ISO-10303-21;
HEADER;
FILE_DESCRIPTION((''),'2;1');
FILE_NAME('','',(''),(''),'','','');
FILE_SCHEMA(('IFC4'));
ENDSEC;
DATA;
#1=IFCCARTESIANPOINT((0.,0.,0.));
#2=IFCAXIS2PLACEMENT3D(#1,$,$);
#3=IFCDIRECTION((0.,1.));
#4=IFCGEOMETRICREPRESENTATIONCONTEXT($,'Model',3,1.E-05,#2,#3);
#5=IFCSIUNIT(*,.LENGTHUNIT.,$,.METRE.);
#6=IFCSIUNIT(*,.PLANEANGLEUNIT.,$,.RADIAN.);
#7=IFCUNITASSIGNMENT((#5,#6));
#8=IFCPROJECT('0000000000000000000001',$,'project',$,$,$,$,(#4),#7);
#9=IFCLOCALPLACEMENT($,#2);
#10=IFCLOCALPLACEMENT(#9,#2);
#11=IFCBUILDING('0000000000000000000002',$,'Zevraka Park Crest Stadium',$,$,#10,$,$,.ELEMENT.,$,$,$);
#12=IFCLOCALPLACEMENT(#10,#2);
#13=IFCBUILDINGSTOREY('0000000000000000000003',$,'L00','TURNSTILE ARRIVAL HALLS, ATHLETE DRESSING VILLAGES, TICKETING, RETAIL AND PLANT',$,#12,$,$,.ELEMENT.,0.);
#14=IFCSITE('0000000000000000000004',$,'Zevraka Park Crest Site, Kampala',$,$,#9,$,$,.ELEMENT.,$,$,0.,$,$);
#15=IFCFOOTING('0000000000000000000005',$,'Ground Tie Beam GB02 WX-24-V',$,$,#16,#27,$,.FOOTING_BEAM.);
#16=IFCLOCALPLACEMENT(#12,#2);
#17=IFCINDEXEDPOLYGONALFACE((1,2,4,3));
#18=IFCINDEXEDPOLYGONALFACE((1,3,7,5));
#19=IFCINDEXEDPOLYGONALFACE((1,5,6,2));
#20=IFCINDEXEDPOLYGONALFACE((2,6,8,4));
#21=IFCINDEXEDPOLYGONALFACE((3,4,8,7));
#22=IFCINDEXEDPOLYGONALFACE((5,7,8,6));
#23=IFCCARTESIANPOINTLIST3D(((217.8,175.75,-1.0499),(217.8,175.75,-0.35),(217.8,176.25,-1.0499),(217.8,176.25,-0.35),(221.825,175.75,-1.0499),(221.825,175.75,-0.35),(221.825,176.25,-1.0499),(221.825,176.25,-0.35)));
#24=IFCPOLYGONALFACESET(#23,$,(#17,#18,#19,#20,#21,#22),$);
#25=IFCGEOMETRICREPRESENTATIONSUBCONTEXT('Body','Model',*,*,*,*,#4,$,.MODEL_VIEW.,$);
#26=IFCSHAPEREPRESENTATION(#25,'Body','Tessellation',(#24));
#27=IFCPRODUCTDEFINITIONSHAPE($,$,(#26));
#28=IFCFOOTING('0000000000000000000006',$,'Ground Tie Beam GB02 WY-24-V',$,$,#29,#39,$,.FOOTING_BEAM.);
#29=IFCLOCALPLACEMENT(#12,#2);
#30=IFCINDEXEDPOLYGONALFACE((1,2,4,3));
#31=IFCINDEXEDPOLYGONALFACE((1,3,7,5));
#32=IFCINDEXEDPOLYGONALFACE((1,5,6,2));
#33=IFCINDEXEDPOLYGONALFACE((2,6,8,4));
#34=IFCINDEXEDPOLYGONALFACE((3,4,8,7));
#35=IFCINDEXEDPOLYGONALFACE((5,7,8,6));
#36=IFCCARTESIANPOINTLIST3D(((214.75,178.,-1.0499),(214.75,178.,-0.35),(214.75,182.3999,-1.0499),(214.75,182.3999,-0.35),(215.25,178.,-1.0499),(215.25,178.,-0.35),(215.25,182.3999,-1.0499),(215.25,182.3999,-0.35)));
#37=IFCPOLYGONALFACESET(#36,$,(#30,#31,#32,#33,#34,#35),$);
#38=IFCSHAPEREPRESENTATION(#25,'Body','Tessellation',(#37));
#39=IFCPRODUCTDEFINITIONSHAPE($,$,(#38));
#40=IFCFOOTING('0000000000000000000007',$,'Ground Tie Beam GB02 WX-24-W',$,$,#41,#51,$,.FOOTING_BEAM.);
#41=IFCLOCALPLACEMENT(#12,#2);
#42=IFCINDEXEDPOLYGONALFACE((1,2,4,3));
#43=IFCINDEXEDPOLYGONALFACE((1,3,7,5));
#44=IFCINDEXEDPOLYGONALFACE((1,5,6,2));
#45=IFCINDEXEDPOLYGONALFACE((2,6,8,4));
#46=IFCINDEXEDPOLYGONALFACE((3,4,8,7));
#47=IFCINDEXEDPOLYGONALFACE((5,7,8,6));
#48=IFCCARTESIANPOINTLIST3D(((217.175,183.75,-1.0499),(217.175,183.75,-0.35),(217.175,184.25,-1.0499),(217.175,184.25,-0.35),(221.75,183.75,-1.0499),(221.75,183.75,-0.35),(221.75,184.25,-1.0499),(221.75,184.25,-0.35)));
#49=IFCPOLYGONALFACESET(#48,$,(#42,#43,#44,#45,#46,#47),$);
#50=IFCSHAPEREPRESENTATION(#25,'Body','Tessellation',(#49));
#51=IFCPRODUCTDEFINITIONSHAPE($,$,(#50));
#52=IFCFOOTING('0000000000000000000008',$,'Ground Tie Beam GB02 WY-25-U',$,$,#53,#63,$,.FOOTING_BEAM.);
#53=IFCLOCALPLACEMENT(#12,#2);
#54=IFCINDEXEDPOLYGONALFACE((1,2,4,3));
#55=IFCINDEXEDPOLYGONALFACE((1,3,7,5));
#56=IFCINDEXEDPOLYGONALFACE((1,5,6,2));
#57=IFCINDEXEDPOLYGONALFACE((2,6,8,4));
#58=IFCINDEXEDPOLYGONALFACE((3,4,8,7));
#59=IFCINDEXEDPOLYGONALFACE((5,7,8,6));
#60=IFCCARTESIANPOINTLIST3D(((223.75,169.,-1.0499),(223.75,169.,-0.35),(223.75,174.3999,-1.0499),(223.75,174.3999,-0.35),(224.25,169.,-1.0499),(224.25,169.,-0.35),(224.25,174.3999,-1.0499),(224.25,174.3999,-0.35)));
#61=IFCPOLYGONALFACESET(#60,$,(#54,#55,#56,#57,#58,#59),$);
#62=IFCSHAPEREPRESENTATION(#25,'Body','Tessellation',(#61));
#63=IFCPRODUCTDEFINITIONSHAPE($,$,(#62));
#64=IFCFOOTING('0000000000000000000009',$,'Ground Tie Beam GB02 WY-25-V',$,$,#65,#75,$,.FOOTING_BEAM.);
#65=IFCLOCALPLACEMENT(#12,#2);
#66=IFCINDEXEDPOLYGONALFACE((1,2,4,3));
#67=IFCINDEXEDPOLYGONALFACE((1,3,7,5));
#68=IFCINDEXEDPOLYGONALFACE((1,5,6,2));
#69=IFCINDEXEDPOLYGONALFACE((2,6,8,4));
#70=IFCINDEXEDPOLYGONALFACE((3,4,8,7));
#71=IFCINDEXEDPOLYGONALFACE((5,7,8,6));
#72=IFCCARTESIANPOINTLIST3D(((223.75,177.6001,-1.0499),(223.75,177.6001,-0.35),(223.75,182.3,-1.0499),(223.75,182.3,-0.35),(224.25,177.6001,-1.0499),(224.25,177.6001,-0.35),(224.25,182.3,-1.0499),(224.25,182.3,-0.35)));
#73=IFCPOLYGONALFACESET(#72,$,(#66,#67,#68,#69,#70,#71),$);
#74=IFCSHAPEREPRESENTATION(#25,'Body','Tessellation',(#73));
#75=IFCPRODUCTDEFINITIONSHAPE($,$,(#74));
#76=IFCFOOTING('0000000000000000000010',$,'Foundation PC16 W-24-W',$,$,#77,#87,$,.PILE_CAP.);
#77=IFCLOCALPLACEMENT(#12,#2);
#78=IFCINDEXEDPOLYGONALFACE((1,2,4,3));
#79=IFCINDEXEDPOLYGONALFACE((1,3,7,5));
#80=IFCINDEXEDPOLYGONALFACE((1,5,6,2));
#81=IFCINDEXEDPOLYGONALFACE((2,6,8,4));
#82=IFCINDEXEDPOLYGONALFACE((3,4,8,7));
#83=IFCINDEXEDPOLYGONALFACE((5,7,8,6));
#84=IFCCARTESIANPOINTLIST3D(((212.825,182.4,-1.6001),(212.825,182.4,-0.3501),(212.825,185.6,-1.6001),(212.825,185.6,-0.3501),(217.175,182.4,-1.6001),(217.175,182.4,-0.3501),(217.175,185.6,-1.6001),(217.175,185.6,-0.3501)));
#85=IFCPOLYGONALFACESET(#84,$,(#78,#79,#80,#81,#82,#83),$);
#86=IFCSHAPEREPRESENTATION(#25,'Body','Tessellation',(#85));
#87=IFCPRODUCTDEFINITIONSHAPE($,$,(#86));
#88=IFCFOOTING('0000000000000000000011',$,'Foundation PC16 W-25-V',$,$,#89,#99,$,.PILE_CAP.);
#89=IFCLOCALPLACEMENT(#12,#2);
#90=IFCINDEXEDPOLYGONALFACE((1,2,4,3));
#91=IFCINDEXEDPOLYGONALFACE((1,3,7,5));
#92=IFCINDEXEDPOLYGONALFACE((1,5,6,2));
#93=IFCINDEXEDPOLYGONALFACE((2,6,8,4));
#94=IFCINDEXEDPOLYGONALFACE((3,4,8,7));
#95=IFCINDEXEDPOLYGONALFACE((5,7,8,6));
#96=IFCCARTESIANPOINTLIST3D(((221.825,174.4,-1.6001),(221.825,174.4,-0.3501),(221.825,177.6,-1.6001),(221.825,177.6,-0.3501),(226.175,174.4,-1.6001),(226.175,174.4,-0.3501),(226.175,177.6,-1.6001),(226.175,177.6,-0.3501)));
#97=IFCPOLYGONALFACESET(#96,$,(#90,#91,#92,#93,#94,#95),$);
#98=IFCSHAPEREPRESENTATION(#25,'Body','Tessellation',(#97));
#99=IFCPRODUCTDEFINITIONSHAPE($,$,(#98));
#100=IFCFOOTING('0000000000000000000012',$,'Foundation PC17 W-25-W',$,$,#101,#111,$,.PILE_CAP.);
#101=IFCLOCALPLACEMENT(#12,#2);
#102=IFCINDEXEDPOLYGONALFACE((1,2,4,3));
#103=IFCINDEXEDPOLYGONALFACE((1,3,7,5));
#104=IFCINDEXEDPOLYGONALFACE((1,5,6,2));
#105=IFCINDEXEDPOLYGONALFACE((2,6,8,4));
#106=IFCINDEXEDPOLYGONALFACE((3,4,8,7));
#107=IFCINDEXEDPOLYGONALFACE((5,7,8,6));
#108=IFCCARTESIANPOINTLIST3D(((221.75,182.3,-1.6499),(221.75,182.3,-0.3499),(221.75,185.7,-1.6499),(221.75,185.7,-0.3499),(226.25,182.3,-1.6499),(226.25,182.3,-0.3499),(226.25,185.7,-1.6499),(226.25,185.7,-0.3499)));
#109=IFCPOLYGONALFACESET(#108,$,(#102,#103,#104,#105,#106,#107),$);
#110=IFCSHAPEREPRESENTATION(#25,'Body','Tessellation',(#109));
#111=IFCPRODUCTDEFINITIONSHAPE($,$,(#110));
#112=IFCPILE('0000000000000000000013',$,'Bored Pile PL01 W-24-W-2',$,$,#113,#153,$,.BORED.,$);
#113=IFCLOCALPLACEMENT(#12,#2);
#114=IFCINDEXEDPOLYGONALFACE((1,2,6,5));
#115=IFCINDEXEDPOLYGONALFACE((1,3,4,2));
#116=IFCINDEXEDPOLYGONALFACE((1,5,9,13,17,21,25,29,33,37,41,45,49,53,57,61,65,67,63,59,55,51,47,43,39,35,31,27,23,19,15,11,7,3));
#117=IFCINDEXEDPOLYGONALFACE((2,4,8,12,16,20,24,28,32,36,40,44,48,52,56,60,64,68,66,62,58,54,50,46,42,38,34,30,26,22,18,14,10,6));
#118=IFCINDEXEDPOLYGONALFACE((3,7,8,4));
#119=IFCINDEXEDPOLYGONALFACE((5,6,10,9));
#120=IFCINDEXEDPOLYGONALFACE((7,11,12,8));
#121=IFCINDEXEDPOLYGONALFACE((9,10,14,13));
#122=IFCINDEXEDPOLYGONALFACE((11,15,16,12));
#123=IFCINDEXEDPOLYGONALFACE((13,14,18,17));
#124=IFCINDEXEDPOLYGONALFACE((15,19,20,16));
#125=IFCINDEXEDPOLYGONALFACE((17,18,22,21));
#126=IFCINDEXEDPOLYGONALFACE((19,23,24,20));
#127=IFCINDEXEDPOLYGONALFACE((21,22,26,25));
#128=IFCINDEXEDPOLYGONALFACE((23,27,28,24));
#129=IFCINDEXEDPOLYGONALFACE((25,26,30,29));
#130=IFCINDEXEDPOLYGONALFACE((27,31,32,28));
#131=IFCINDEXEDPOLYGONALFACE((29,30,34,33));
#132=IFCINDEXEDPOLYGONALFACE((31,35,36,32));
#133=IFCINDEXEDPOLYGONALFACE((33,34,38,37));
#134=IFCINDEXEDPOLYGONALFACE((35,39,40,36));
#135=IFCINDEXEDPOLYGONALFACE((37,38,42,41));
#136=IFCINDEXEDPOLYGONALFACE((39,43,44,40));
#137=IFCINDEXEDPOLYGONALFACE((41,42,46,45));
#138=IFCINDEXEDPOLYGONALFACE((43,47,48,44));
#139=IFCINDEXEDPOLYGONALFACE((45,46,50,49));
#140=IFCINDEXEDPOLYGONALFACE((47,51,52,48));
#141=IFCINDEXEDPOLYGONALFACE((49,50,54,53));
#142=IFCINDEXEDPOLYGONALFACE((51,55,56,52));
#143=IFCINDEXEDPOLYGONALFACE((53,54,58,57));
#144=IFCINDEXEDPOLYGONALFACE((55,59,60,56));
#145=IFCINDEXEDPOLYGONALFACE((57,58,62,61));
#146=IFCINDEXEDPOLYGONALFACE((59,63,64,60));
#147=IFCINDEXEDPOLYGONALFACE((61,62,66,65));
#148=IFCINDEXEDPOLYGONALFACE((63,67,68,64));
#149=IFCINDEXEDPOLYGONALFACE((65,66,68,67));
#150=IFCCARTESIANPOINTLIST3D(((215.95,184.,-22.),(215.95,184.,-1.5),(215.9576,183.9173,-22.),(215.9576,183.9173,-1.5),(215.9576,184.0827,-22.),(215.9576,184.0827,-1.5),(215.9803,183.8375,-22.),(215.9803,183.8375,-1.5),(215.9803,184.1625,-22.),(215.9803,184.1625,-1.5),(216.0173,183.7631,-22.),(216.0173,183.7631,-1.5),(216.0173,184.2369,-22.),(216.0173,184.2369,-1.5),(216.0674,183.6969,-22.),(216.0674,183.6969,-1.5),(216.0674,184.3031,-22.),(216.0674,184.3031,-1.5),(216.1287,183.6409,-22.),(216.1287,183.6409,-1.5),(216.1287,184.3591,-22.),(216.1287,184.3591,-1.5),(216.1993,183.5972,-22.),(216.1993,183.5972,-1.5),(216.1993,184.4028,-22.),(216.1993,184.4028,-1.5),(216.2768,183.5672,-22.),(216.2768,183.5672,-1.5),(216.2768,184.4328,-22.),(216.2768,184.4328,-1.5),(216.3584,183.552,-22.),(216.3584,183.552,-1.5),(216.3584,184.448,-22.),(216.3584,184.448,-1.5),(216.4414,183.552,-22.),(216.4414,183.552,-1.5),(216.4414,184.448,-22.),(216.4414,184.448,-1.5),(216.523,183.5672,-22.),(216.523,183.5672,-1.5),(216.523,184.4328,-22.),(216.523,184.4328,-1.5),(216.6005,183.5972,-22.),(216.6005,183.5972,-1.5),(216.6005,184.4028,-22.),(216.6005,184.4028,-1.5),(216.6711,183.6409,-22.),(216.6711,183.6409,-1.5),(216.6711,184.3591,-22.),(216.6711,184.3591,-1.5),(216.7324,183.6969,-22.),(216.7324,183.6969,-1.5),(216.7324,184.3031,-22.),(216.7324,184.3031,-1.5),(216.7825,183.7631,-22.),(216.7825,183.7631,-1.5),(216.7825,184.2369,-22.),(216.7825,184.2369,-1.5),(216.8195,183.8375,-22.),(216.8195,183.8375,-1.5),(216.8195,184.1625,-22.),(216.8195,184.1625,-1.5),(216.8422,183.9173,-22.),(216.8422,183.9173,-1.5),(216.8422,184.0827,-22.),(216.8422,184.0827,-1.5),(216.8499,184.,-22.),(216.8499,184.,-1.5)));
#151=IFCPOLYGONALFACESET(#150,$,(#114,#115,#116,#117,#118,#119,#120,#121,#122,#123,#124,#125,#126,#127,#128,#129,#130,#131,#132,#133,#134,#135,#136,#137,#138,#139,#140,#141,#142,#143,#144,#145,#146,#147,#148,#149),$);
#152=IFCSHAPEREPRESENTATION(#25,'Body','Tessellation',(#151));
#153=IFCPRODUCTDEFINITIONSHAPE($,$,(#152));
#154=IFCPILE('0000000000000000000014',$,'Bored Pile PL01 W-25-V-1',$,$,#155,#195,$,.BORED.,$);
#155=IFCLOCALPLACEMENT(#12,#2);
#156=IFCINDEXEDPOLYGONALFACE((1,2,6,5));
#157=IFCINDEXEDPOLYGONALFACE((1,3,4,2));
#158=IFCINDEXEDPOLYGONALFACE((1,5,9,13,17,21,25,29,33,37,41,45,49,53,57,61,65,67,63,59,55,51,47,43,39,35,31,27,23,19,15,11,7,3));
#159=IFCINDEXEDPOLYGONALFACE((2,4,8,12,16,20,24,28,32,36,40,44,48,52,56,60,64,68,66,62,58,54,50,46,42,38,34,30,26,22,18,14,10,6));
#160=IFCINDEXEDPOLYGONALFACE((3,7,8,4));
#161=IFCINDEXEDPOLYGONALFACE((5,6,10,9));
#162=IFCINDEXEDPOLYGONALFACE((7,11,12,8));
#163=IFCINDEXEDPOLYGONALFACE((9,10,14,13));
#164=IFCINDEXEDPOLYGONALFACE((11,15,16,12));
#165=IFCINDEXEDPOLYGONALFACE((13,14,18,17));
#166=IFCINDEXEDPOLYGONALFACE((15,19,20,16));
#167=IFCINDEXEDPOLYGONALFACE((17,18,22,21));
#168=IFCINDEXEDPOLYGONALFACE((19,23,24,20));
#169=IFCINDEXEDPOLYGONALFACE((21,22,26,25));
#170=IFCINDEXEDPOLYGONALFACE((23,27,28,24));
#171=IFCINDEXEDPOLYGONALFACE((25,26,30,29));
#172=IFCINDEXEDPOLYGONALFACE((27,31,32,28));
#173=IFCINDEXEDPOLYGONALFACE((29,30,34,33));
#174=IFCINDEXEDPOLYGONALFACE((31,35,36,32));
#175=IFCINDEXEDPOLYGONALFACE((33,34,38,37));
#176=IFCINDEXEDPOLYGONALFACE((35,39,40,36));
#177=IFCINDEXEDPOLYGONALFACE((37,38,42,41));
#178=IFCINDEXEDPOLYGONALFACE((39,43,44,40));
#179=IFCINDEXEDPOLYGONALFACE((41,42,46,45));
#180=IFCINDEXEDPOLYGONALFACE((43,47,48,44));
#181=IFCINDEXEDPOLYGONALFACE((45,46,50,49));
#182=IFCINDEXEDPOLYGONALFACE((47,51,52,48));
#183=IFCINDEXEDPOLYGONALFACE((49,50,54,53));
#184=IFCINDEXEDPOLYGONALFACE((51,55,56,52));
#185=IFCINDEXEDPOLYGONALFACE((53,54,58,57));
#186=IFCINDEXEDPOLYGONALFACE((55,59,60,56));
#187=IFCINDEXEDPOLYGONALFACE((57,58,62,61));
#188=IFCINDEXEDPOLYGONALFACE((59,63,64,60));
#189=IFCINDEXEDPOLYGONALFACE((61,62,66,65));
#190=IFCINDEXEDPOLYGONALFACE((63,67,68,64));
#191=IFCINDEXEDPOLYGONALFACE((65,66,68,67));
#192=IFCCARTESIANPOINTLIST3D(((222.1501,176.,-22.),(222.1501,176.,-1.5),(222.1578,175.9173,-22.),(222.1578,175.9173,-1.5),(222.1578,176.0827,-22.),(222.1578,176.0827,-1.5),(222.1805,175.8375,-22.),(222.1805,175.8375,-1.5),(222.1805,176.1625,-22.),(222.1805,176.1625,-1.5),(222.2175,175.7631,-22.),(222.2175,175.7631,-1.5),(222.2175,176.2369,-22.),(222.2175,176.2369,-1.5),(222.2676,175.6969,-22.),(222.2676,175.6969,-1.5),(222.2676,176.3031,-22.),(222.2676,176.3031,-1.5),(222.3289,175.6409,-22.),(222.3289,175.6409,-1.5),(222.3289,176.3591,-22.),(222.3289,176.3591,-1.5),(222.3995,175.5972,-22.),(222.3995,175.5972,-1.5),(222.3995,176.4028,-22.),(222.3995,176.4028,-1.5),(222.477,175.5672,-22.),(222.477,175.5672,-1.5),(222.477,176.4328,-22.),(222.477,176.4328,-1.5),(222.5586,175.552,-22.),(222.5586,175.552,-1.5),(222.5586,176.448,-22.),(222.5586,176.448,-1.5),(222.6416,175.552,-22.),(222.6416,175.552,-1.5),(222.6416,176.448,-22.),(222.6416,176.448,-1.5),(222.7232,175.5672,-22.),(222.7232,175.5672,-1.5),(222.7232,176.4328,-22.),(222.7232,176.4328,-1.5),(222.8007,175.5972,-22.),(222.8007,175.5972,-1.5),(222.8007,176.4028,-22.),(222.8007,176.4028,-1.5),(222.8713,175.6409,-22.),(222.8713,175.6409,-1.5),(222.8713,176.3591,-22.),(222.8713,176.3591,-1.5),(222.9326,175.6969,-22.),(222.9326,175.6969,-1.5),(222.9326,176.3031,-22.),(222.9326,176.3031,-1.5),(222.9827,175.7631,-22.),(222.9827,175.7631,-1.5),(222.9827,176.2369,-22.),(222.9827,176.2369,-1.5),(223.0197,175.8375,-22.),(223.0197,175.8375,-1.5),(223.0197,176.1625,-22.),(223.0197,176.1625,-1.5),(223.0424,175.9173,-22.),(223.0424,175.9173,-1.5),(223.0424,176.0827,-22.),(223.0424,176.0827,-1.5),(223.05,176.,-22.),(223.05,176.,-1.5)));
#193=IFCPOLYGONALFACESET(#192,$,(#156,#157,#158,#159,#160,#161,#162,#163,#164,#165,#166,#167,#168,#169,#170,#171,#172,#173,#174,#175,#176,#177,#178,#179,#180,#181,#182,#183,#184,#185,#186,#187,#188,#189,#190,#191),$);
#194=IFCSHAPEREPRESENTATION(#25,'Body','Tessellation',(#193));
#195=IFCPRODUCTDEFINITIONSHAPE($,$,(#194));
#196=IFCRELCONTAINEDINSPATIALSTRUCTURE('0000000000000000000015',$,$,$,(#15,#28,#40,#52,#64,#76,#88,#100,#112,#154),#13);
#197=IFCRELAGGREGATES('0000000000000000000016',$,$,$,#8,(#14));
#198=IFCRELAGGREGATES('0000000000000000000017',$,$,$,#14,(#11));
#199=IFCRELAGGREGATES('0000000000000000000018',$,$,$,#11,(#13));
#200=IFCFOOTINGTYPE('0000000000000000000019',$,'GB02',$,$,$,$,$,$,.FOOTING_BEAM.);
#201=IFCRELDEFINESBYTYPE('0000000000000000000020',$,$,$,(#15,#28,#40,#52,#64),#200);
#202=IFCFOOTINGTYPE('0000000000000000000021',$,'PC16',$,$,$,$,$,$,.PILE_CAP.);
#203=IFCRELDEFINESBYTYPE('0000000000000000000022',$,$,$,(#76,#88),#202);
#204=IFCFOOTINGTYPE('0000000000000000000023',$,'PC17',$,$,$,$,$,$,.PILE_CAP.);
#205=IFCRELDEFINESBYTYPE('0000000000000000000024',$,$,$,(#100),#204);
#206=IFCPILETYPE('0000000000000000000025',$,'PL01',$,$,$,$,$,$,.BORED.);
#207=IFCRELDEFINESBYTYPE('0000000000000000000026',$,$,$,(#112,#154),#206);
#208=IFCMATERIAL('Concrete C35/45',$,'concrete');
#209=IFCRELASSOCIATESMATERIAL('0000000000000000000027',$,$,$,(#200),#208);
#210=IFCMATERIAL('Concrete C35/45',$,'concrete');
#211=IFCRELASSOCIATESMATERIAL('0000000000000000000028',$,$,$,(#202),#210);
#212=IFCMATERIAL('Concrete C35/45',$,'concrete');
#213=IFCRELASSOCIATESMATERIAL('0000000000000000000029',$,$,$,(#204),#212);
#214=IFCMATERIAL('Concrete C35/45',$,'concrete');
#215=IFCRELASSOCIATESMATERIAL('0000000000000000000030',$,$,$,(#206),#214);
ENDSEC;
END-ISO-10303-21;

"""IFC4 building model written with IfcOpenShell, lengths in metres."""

from ifc_helpers import new_model, si_unit, direction, frame, origin, origin_2d, place, context, subcontext, project, spatial, rectangle, circle, extrude, material, material_profile, profile_set, type_object, element, save


model = new_model("IFC4")

# Units and contexts
model_context = context("Model", 3, precision=1e-05, world=origin(), true_north=direction((0.0, 1.0)))
body_context = subcontext(model_context, "Body", "Model", "MODEL_VIEW")
ifc_project = project(units=[si_unit("LENGTHUNIT", "METRE"), si_unit("PLANEANGLEUNIT", "RADIAN")], contexts=[model_context])

# Site, building, storey
site_placement = place(None, origin())
site = spatial("IfcSite", under=ifc_project, at=site_placement, Name="Zevraka Park Crest Site, Kampala", CompositionType="ELEMENT", RefElevation=0.0)
building_placement = place(site_placement, origin())
building = spatial("IfcBuilding", under=site, at=building_placement, Name="Zevraka Park Crest Stadium", CompositionType="ELEMENT")
storey_placement = place(building_placement, origin())
storey = spatial("IfcBuildingStorey", under=building, at=storey_placement, Name="L00", Description="TURNSTILE ARRIVAL HALLS, ATHLETE DRESSING VILLAGES, TICKETING, RETAIL AND PLANT", CompositionType="ELEMENT", Elevation=0.0)

# Footings
ifc_material_1 = material(Name="Concrete C35/45", Category="concrete")
ifc_material_profile_1 = material_profile(ifc_material_1, rectangle(XDim=0.5, YDim=0.7, at=origin_2d()), Name="GB 700x500")
ifc_profile_set_1 = profile_set([ifc_material_profile_1], Name="Concrete C35/45")
footing_type_1 = type_object("IfcFootingType", Name="GB02", PredefinedType="FOOTING_BEAM", material=ifc_profile_set_1)
footing_1_placement = place(storey_placement, frame((217.8, 176.0, -0.7), z_axis=(1.0, 0.0, 0.0), x_axis=(0.0, 1.0, 0.0)))
element("IfcFooting", 1, at=footing_1_placement, inside=storey, type_object=footing_type_1, Name="Ground Tie Beam GB02 WX-24-V", PredefinedType="FOOTING_BEAM", context=body_context, shape_type="SweptSolid", body=[
    extrude(rectangle(XDim=0.5, YDim=0.7, at=origin_2d()), origin(), (0.0, 0.0, 1.0), 4.0249),
])
footing_2_placement = place(storey_placement, frame((215.0, 178.0, -0.7), z_axis=(0.0, 1.0, 0.0), x_axis=(-1.0, 0.0, 0.0)))
element("IfcFooting", 2, at=footing_2_placement, inside=storey, type_object=footing_type_1, Name="Ground Tie Beam GB02 WY-24-V", PredefinedType="FOOTING_BEAM", context=body_context, shape_type="SweptSolid", body=[
    extrude(rectangle(XDim=0.5, YDim=0.7, at=origin_2d()), origin(), (0.0, 0.0, 1.0), 4.3999),
])
footing_3_placement = place(storey_placement, frame((217.175, 184.0, -0.7), z_axis=(1.0, 0.0, 0.0), x_axis=(0.0, 1.0, 0.0)))
element("IfcFooting", 3, at=footing_3_placement, inside=storey, type_object=footing_type_1, Name="Ground Tie Beam GB02 WX-24-W", PredefinedType="FOOTING_BEAM", context=body_context, shape_type="SweptSolid", body=[
    extrude(rectangle(XDim=0.5, YDim=0.7, at=origin_2d()), origin(), (0.0, 0.0, 1.0), 4.575),
])
footing_4_placement = place(storey_placement, frame((224.0, 169.0, -0.7), z_axis=(0.0, 1.0, 0.0), x_axis=(-1.0, 0.0, 0.0)))
element("IfcFooting", 4, at=footing_4_placement, inside=storey, type_object=footing_type_1, Name="Ground Tie Beam GB02 WY-25-U", PredefinedType="FOOTING_BEAM", context=body_context, shape_type="SweptSolid", body=[
    extrude(rectangle(XDim=0.5, YDim=0.7, at=origin_2d()), origin(), (0.0, 0.0, 1.0), 5.3999),
])
footing_5_placement = place(storey_placement, frame((224.0, 177.6001, -0.7), z_axis=(0.0, 1.0, 0.0), x_axis=(-1.0, 0.0, 0.0)))
element("IfcFooting", 5, at=footing_5_placement, inside=storey, type_object=footing_type_1, Name="Ground Tie Beam GB02 WY-25-V", PredefinedType="FOOTING_BEAM", context=body_context, shape_type="SweptSolid", body=[
    extrude(rectangle(XDim=0.5, YDim=0.7, at=origin_2d()), origin(), (0.0, 0.0, 1.0), 4.7),
])
ifc_material_2 = material(Name="Concrete C35/45", Category="concrete")
footing_type_2 = type_object("IfcFootingType", Name="PC16", PredefinedType="PILE_CAP", material=ifc_material_2)
for number, where, z_axis, x_axis, name in (
    (6, (215.0, 184.0, -1.6001), (0.0, 0.0, 1.0), (1.0, 0.0, 0.0), "Foundation PC16 W-24-W"),
    (7, (224.0, 176.0, -1.6001), (0.0, 0.0, 1.0), (1.0, 0.0, 0.0), "Foundation PC16 W-25-V"),
):
    element("IfcFooting", number, at=place(storey_placement, frame(where, z_axis=z_axis, x_axis=x_axis)), inside=storey, type_object=footing_type_2, Name=name, PredefinedType="PILE_CAP", context=body_context, shape_type="SweptSolid", body=[
        extrude(rectangle(XDim=4.3501, YDim=3.2, at=origin_2d()), origin(), (0.0, 0.0, 1.0), 1.25),
    ])
ifc_material_3 = material(Name="Concrete C35/45", Category="concrete")
footing_type_3 = type_object("IfcFootingType", Name="PC17", PredefinedType="PILE_CAP", material=ifc_material_3)
footing_6_placement = place(storey_placement, frame((224.0, 184.0, -1.6499), z_axis=(0.0, 0.0, 1.0), x_axis=(1.0, 0.0, 0.0)))
element("IfcFooting", 8, at=footing_6_placement, inside=storey, type_object=footing_type_3, Name="Foundation PC17 W-25-W", PredefinedType="PILE_CAP", context=body_context, shape_type="SweptSolid", body=[
    extrude(rectangle(XDim=4.5, YDim=3.3999, at=origin_2d()), origin(), (0.0, 0.0, 1.0), 1.3),
])

# Piles
ifc_material_4 = material(Name="Concrete C35/45", Category="concrete")
ifc_material_profile_2 = material_profile(ifc_material_4, circle(Radius=0.45, at=origin_2d()), Name="PILE D900")
ifc_profile_set_2 = profile_set([ifc_material_profile_2], Name="Concrete C35/45")
pile_type_1 = type_object("IfcPileType", Name="PL01", PredefinedType="BORED", material=ifc_profile_set_2)
for number, where, z_axis, x_axis, name in (
    (9, (216.3999, 184.0, -1.5), (0.0, 0.0, -1.0), (1.0, 0.0, 0.0), "Bored Pile PL01 W-24-W-2"),
    (10, (222.6001, 176.0, -1.5), (0.0, 0.0, -1.0), (1.0, 0.0, 0.0), "Bored Pile PL01 W-25-V-1"),
):
    element("IfcPile", number, at=place(storey_placement, frame(where, z_axis=z_axis, x_axis=x_axis)), inside=storey, type_object=pile_type_1, Name=name, PredefinedType="BORED", context=body_context, shape_type="SweptSolid", body=[
        extrude(circle(Radius=0.45, at=origin_2d()), origin(), (0.0, 0.0, 1.0), 20.5),
    ])

save(model, "model.ifc")
